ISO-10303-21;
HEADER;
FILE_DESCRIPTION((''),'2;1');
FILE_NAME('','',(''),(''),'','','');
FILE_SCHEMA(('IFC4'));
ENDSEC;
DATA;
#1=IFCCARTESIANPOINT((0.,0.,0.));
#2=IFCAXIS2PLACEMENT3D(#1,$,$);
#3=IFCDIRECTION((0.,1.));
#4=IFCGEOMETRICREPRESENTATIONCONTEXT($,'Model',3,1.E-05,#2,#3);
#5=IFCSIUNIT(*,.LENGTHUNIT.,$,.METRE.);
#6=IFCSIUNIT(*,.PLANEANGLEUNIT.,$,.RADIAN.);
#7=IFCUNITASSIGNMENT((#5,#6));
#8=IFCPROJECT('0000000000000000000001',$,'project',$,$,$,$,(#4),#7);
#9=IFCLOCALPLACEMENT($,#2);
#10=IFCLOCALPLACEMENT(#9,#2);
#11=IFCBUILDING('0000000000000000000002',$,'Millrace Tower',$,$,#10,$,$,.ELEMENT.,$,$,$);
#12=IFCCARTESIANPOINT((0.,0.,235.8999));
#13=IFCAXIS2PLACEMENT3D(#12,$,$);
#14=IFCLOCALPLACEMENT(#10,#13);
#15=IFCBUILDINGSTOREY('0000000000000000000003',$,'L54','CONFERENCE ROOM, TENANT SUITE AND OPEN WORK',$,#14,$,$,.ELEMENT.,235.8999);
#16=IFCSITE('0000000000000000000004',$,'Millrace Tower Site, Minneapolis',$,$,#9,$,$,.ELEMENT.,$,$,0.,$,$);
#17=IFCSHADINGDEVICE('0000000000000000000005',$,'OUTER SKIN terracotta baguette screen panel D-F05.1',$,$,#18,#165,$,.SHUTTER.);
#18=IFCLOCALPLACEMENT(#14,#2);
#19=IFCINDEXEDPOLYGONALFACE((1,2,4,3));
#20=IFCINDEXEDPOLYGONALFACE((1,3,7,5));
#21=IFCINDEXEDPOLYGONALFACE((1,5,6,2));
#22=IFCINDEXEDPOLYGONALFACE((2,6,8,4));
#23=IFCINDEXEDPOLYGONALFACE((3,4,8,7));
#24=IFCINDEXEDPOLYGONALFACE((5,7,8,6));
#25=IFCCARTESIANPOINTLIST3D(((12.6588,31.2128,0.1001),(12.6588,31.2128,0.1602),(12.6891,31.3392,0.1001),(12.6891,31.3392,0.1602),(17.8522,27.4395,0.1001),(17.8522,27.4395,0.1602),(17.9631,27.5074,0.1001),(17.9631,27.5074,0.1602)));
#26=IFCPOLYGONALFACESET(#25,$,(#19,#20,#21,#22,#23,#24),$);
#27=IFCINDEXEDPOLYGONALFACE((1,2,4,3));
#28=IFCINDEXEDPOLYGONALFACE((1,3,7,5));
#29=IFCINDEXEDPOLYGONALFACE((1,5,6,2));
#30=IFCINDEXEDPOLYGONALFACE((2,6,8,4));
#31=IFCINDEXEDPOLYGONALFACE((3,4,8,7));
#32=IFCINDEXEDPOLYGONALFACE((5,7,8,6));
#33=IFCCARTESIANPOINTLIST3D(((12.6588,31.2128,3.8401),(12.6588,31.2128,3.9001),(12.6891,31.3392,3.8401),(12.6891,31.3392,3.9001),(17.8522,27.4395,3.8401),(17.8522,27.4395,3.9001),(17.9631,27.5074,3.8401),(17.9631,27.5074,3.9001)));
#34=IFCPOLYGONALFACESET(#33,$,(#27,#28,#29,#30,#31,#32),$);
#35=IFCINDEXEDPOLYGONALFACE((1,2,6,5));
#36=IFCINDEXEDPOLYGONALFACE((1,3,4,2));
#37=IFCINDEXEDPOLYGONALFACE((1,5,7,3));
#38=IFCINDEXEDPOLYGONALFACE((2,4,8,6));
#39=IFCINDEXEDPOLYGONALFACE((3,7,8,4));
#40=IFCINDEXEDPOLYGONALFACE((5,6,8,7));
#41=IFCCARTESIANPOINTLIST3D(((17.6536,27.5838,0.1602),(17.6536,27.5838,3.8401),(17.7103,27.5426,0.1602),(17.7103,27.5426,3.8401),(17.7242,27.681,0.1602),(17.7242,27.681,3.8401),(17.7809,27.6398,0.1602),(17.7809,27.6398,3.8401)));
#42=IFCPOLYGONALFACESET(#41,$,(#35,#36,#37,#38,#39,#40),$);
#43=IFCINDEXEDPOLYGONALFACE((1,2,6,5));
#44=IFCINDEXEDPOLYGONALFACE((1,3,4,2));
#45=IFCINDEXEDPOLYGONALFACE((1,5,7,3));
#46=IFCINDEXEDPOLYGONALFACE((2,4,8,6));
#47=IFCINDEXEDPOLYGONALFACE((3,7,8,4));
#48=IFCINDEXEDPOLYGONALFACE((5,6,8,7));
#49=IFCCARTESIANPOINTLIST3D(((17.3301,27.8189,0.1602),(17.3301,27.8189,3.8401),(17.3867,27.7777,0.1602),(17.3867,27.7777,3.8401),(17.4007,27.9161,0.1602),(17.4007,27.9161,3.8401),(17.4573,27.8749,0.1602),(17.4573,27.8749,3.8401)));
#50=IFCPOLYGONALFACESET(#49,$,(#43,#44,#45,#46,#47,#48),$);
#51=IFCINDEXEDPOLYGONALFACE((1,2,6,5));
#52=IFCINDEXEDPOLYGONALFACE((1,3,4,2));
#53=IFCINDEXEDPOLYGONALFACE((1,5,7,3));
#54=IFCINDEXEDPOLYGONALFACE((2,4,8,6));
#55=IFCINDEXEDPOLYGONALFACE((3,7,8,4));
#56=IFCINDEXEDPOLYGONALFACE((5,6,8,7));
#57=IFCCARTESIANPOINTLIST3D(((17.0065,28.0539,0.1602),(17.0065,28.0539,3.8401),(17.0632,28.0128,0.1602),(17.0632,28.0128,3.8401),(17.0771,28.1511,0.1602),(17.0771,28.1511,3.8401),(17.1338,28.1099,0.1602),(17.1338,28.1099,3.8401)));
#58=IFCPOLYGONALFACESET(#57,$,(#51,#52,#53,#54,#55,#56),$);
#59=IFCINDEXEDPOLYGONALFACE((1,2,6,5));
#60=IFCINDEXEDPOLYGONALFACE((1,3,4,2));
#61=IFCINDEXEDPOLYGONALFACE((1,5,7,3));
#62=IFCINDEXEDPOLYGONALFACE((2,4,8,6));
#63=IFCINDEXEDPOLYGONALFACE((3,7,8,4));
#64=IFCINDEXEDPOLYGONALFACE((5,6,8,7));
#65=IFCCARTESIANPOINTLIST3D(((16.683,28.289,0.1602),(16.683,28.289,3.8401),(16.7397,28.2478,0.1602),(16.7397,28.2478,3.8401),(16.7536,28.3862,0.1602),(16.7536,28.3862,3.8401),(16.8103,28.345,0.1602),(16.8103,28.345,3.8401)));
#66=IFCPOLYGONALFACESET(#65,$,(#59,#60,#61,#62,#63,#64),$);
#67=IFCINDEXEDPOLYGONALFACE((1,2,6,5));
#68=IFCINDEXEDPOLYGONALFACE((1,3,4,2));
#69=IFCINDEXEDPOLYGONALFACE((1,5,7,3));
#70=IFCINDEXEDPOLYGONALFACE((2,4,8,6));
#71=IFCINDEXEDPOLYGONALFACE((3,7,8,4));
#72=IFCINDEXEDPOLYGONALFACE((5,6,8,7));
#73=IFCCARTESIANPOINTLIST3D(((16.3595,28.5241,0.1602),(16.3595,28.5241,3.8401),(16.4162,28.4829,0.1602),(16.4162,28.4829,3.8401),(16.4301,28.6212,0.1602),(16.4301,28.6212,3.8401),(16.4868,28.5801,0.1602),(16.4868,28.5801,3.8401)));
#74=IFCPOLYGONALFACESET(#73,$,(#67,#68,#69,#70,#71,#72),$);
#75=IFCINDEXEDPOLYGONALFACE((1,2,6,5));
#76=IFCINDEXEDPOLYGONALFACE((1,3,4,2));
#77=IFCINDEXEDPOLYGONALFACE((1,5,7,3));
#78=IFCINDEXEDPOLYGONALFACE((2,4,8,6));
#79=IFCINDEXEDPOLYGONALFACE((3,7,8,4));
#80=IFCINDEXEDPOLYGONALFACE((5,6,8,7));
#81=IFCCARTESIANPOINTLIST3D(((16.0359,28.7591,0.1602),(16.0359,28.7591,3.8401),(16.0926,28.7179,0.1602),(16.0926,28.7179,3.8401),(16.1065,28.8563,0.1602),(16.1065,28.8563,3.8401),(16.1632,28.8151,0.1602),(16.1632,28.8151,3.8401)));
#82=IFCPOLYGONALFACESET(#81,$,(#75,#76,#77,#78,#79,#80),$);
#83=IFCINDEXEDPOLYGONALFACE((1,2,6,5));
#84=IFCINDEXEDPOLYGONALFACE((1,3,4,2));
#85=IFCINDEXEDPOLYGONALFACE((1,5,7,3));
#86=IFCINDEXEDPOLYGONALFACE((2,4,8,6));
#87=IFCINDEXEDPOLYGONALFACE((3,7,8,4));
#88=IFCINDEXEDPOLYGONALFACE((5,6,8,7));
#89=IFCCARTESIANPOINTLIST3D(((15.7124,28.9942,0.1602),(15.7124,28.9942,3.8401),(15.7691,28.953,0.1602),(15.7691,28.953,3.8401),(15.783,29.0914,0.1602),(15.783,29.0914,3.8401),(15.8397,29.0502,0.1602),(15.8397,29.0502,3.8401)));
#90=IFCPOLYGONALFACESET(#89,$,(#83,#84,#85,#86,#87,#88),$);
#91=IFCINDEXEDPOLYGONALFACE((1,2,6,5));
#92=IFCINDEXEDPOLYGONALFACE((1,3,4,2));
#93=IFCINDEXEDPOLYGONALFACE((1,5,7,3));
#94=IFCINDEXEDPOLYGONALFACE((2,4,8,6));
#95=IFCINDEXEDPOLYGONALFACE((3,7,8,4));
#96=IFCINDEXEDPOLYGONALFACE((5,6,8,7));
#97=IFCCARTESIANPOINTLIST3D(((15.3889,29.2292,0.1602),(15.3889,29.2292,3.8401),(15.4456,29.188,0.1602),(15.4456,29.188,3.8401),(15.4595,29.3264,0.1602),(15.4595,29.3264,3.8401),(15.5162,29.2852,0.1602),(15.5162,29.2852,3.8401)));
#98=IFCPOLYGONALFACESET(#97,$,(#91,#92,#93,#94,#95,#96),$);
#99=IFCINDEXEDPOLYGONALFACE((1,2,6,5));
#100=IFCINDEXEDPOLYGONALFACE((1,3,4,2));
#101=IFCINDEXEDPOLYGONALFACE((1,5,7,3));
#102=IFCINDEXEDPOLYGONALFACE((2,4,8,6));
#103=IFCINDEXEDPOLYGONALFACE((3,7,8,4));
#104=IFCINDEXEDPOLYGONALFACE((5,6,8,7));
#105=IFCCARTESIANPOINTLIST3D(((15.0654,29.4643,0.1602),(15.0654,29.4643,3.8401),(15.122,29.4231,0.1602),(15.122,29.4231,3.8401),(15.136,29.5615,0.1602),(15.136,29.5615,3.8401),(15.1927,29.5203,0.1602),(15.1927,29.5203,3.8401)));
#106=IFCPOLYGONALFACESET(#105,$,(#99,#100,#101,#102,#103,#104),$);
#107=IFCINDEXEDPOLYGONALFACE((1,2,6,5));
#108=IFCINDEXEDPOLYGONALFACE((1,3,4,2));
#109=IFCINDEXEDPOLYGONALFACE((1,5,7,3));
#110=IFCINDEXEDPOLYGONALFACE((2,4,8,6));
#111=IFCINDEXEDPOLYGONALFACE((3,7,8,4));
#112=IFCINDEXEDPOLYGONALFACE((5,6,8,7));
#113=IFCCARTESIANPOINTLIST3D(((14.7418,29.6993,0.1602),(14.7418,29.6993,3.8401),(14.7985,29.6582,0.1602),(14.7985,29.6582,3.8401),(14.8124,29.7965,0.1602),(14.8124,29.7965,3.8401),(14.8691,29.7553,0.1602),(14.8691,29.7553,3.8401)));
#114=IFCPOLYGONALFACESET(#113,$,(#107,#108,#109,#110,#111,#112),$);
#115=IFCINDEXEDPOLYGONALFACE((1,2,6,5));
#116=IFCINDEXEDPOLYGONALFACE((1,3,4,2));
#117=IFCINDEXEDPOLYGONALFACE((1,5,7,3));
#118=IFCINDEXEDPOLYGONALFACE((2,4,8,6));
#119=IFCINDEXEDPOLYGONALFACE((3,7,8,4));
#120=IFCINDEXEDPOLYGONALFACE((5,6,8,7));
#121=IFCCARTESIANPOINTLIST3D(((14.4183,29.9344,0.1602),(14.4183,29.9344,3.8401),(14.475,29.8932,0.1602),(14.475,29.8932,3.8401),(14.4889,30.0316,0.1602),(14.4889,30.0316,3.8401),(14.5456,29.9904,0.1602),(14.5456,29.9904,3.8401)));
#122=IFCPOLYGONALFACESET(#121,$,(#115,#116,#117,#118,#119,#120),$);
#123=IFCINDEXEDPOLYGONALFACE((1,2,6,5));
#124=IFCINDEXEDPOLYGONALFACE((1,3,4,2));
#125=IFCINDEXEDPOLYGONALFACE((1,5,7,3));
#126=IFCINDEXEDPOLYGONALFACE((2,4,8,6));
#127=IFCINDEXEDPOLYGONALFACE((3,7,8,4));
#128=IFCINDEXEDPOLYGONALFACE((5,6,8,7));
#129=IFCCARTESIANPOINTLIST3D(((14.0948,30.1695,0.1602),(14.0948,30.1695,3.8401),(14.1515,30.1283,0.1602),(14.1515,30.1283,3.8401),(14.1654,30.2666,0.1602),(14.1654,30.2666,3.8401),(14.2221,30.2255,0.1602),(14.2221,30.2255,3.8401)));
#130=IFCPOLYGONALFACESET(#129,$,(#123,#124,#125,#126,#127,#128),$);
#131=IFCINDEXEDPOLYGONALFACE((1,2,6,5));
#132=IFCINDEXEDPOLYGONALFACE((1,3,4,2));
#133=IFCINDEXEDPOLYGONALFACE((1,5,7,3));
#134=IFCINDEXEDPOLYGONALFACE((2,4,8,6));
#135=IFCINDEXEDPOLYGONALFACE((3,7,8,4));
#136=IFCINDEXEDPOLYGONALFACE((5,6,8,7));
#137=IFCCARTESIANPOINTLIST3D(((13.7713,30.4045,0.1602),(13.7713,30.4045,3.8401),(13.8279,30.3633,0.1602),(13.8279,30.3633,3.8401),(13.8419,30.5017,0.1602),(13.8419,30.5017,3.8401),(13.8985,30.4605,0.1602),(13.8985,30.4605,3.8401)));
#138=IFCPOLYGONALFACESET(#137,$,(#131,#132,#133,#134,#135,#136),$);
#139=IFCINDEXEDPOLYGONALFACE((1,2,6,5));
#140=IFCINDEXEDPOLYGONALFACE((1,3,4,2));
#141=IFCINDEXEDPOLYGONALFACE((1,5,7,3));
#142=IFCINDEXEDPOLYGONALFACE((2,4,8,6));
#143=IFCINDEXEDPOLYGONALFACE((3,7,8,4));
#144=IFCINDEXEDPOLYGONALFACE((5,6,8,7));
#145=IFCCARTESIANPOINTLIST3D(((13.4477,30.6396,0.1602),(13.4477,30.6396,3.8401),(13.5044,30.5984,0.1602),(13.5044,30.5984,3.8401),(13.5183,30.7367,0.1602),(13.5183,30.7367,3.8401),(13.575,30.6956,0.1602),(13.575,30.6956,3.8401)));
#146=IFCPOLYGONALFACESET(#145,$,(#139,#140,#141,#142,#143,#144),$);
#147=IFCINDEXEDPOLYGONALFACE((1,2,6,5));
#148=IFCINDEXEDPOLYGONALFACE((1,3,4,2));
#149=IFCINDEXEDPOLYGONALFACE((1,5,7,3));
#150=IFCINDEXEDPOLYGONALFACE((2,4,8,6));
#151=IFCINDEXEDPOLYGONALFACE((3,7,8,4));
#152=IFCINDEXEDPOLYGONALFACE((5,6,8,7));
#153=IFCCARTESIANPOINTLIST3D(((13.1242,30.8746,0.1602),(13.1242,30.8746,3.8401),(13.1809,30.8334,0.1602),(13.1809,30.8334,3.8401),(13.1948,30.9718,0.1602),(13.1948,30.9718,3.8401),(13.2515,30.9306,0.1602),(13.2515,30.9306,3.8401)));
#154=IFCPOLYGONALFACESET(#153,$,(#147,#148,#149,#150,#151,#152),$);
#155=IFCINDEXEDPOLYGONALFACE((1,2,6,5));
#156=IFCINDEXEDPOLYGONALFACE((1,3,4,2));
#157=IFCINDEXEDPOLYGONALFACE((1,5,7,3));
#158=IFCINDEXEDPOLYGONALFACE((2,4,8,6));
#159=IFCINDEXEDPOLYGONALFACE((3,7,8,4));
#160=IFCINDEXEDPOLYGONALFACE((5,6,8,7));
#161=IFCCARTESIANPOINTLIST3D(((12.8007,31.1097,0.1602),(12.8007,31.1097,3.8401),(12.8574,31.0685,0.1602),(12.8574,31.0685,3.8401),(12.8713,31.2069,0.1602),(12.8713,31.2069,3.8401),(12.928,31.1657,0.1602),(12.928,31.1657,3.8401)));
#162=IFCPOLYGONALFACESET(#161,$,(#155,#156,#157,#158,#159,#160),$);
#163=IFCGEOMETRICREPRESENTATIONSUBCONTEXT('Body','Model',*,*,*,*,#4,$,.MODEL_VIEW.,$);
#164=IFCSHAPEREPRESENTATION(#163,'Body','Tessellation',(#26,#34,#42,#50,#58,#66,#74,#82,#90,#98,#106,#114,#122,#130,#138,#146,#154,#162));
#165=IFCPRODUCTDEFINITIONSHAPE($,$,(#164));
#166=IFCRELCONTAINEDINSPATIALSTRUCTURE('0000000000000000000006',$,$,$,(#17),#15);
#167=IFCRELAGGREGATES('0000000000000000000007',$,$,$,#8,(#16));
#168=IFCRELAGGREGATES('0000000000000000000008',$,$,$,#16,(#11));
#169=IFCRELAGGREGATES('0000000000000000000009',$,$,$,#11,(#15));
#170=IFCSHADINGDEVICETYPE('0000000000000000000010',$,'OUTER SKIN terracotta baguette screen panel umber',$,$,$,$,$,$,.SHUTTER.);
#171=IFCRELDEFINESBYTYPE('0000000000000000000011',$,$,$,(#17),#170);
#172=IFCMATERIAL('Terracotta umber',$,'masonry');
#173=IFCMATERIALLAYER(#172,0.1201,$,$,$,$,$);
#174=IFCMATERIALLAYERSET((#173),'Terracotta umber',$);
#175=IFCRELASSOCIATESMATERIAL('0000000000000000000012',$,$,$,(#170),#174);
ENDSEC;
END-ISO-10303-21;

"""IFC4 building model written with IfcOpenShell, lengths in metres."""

from ifc_helpers import new_model, entity, si_unit, direction, frame, frame_2d, origin, place, context, subcontext, project, spatial, rectangle, extrude, source, transform, mapped, material, layer, layer_set, type_object, element, save


model = new_model("IFC4")

# Units and contexts
model_context = context("Model", 3, precision=1e-05, world=origin(), true_north=direction((0.0, 1.0)))
body_context = subcontext(model_context, "Body", "Model", "MODEL_VIEW")
ifc_project = project(units=[si_unit("LENGTHUNIT", "METRE"), si_unit("PLANEANGLEUNIT", "RADIAN")], contexts=[model_context])

# Site, building, storey
site_placement = place(None, origin())
site = spatial("IfcSite", under=ifc_project, at=site_placement, Name="Millrace Tower Site, Minneapolis", CompositionType="ELEMENT", RefElevation=0.0)
building_placement = place(site_placement, origin())
building = spatial("IfcBuilding", under=site, at=building_placement, Name="Millrace Tower", CompositionType="ELEMENT")
storey_placement = place(building_placement, frame((0.0, 0.0, 235.8999)))
storey = spatial("IfcBuildingStorey", under=building, at=storey_placement, Name="L54", Description="CONFERENCE ROOM, TENANT SUITE AND OPEN WORK", CompositionType="ELEMENT", Elevation=235.8999)

# Shading device
ifc_material_1 = material(Name="Terracotta umber", Category="masonry")
ifc_layer_1 = layer(ifc_material_1, 0.1201)
ifc_layer_set_1 = layer_set([ifc_layer_1], Name="Terracotta umber")
shading_device_type = type_object("IfcShadingDeviceType", Name="OUTER SKIN terracotta baguette screen panel umber", PredefinedType="SHUTTER", material=ifc_layer_set_1)
cartesian_point_1 = entity("IfcCartesianPoint", [-3.2097, 0.0601])
shared_polyline_1 = entity("IfcPolyline", [cartesian_point_1, entity("IfcCartesianPoint", [3.2097, 0.0601]), entity("IfcCartesianPoint", [3.2595, -0.0601]), entity("IfcCartesianPoint", [-3.2595, -0.0601]), cartesian_point_1])
shared_shape_1 = source(origin(), body_context, "Body", "SweptSolid", [
    entity("IfcExtrudedAreaSolid", entity("IfcArbitraryClosedProfileDef", "AREA", None, shared_polyline_1), entity("IfcAxis2Placement3D", entity("IfcCartesianPoint", [0.0, 0.0, 0.0])), entity("IfcDirection", [0.0, 0.0, 1.0]), 0.0601),
    entity("IfcExtrudedAreaSolid", entity("IfcArbitraryClosedProfileDef", "AREA", None, shared_polyline_1), entity("IfcAxis2Placement3D", entity("IfcCartesianPoint", [0.0, 0.0, 3.74])), entity("IfcDirection", [0.0, 0.0, 1.0]), 0.0601),
    extrude(rectangle(XDim=0.0701, YDim=0.1201, at=frame_2d((-2.9993, 0.0))), frame((0.0, 0.0, 0.0601)), (0.0, 0.0, 1.0), 3.6799),
    extrude(rectangle(XDim=0.0701, YDim=0.1201, at=frame_2d((-2.5994, 0.0))), frame((0.0, 0.0, 0.0601)), (0.0, 0.0, 1.0), 3.6799),
    extrude(rectangle(XDim=0.0701, YDim=0.1201, at=frame_2d((-2.1995, 0.0))), frame((0.0, 0.0, 0.0601)), (0.0, 0.0, 1.0), 3.6799),
    extrude(rectangle(XDim=0.0701, YDim=0.1201, at=frame_2d((-1.7996, 0.0))), frame((0.0, 0.0, 0.0601)), (0.0, 0.0, 1.0), 3.6799),
    extrude(rectangle(XDim=0.0701, YDim=0.1201, at=frame_2d((-1.3997, 0.0))), frame((0.0, 0.0, 0.0601)), (0.0, 0.0, 1.0), 3.6799),
    extrude(rectangle(XDim=0.0701, YDim=0.1201, at=frame_2d((-0.9998, 0.0))), frame((0.0, 0.0, 0.0601)), (0.0, 0.0, 1.0), 3.6799),
    extrude(rectangle(XDim=0.0701, YDim=0.1201, at=frame_2d((-0.5999, 0.0))), frame((0.0, 0.0, 0.0601)), (0.0, 0.0, 1.0), 3.6799),
    extrude(rectangle(XDim=0.0701, YDim=0.1201, at=frame_2d((-0.2, 0.0))), frame((0.0, 0.0, 0.0601)), (0.0, 0.0, 1.0), 3.6799),
    extrude(rectangle(XDim=0.0701, YDim=0.1201, at=frame_2d((0.2, 0.0))), frame((0.0, 0.0, 0.0601)), (0.0, 0.0, 1.0), 3.6799),
    extrude(rectangle(XDim=0.0701, YDim=0.1201, at=frame_2d((0.5999, 0.0))), frame((0.0, 0.0, 0.0601)), (0.0, 0.0, 1.0), 3.6799),
    extrude(rectangle(XDim=0.0701, YDim=0.1201, at=frame_2d((0.9998, 0.0))), frame((0.0, 0.0, 0.0601)), (0.0, 0.0, 1.0), 3.6799),
    extrude(rectangle(XDim=0.0701, YDim=0.1201, at=frame_2d((1.3997, 0.0))), frame((0.0, 0.0, 0.0601)), (0.0, 0.0, 1.0), 3.6799),
    extrude(rectangle(XDim=0.0701, YDim=0.1201, at=frame_2d((1.7996, 0.0))), frame((0.0, 0.0, 0.0601)), (0.0, 0.0, 1.0), 3.6799),
    extrude(rectangle(XDim=0.0701, YDim=0.1201, at=frame_2d((2.1995, 0.0))), frame((0.0, 0.0, 0.0601)), (0.0, 0.0, 1.0), 3.6799),
    extrude(rectangle(XDim=0.0701, YDim=0.1201, at=frame_2d((2.5994, 0.0))), frame((0.0, 0.0, 0.0601)), (0.0, 0.0, 1.0), 3.6799),
    extrude(rectangle(XDim=0.0701, YDim=0.1201, at=frame_2d((2.9993, 0.0))), frame((0.0, 0.0, 0.0601)), (0.0, 0.0, 1.0), 3.6799),
])
shading_device_1_placement = place(storey_placement, frame((15.2908, 29.3748, 0.1001), z_axis=(0.0, 0.0, 1.0), x_axis=(-0.809017, 0.587785, 0.0)))
element("IfcShadingDevice", 1, at=shading_device_1_placement, inside=storey, type_object=shading_device_type, Name="OUTER SKIN terracotta baguette screen panel D-F05.1", PredefinedType="SHUTTER", context=body_context, shape_type="MappedRepresentation", body=[
    mapped(shared_shape_1, transform((0.0, 0.0, 0.0), scale=1.0)),
])

save(model, "model.ifc")
